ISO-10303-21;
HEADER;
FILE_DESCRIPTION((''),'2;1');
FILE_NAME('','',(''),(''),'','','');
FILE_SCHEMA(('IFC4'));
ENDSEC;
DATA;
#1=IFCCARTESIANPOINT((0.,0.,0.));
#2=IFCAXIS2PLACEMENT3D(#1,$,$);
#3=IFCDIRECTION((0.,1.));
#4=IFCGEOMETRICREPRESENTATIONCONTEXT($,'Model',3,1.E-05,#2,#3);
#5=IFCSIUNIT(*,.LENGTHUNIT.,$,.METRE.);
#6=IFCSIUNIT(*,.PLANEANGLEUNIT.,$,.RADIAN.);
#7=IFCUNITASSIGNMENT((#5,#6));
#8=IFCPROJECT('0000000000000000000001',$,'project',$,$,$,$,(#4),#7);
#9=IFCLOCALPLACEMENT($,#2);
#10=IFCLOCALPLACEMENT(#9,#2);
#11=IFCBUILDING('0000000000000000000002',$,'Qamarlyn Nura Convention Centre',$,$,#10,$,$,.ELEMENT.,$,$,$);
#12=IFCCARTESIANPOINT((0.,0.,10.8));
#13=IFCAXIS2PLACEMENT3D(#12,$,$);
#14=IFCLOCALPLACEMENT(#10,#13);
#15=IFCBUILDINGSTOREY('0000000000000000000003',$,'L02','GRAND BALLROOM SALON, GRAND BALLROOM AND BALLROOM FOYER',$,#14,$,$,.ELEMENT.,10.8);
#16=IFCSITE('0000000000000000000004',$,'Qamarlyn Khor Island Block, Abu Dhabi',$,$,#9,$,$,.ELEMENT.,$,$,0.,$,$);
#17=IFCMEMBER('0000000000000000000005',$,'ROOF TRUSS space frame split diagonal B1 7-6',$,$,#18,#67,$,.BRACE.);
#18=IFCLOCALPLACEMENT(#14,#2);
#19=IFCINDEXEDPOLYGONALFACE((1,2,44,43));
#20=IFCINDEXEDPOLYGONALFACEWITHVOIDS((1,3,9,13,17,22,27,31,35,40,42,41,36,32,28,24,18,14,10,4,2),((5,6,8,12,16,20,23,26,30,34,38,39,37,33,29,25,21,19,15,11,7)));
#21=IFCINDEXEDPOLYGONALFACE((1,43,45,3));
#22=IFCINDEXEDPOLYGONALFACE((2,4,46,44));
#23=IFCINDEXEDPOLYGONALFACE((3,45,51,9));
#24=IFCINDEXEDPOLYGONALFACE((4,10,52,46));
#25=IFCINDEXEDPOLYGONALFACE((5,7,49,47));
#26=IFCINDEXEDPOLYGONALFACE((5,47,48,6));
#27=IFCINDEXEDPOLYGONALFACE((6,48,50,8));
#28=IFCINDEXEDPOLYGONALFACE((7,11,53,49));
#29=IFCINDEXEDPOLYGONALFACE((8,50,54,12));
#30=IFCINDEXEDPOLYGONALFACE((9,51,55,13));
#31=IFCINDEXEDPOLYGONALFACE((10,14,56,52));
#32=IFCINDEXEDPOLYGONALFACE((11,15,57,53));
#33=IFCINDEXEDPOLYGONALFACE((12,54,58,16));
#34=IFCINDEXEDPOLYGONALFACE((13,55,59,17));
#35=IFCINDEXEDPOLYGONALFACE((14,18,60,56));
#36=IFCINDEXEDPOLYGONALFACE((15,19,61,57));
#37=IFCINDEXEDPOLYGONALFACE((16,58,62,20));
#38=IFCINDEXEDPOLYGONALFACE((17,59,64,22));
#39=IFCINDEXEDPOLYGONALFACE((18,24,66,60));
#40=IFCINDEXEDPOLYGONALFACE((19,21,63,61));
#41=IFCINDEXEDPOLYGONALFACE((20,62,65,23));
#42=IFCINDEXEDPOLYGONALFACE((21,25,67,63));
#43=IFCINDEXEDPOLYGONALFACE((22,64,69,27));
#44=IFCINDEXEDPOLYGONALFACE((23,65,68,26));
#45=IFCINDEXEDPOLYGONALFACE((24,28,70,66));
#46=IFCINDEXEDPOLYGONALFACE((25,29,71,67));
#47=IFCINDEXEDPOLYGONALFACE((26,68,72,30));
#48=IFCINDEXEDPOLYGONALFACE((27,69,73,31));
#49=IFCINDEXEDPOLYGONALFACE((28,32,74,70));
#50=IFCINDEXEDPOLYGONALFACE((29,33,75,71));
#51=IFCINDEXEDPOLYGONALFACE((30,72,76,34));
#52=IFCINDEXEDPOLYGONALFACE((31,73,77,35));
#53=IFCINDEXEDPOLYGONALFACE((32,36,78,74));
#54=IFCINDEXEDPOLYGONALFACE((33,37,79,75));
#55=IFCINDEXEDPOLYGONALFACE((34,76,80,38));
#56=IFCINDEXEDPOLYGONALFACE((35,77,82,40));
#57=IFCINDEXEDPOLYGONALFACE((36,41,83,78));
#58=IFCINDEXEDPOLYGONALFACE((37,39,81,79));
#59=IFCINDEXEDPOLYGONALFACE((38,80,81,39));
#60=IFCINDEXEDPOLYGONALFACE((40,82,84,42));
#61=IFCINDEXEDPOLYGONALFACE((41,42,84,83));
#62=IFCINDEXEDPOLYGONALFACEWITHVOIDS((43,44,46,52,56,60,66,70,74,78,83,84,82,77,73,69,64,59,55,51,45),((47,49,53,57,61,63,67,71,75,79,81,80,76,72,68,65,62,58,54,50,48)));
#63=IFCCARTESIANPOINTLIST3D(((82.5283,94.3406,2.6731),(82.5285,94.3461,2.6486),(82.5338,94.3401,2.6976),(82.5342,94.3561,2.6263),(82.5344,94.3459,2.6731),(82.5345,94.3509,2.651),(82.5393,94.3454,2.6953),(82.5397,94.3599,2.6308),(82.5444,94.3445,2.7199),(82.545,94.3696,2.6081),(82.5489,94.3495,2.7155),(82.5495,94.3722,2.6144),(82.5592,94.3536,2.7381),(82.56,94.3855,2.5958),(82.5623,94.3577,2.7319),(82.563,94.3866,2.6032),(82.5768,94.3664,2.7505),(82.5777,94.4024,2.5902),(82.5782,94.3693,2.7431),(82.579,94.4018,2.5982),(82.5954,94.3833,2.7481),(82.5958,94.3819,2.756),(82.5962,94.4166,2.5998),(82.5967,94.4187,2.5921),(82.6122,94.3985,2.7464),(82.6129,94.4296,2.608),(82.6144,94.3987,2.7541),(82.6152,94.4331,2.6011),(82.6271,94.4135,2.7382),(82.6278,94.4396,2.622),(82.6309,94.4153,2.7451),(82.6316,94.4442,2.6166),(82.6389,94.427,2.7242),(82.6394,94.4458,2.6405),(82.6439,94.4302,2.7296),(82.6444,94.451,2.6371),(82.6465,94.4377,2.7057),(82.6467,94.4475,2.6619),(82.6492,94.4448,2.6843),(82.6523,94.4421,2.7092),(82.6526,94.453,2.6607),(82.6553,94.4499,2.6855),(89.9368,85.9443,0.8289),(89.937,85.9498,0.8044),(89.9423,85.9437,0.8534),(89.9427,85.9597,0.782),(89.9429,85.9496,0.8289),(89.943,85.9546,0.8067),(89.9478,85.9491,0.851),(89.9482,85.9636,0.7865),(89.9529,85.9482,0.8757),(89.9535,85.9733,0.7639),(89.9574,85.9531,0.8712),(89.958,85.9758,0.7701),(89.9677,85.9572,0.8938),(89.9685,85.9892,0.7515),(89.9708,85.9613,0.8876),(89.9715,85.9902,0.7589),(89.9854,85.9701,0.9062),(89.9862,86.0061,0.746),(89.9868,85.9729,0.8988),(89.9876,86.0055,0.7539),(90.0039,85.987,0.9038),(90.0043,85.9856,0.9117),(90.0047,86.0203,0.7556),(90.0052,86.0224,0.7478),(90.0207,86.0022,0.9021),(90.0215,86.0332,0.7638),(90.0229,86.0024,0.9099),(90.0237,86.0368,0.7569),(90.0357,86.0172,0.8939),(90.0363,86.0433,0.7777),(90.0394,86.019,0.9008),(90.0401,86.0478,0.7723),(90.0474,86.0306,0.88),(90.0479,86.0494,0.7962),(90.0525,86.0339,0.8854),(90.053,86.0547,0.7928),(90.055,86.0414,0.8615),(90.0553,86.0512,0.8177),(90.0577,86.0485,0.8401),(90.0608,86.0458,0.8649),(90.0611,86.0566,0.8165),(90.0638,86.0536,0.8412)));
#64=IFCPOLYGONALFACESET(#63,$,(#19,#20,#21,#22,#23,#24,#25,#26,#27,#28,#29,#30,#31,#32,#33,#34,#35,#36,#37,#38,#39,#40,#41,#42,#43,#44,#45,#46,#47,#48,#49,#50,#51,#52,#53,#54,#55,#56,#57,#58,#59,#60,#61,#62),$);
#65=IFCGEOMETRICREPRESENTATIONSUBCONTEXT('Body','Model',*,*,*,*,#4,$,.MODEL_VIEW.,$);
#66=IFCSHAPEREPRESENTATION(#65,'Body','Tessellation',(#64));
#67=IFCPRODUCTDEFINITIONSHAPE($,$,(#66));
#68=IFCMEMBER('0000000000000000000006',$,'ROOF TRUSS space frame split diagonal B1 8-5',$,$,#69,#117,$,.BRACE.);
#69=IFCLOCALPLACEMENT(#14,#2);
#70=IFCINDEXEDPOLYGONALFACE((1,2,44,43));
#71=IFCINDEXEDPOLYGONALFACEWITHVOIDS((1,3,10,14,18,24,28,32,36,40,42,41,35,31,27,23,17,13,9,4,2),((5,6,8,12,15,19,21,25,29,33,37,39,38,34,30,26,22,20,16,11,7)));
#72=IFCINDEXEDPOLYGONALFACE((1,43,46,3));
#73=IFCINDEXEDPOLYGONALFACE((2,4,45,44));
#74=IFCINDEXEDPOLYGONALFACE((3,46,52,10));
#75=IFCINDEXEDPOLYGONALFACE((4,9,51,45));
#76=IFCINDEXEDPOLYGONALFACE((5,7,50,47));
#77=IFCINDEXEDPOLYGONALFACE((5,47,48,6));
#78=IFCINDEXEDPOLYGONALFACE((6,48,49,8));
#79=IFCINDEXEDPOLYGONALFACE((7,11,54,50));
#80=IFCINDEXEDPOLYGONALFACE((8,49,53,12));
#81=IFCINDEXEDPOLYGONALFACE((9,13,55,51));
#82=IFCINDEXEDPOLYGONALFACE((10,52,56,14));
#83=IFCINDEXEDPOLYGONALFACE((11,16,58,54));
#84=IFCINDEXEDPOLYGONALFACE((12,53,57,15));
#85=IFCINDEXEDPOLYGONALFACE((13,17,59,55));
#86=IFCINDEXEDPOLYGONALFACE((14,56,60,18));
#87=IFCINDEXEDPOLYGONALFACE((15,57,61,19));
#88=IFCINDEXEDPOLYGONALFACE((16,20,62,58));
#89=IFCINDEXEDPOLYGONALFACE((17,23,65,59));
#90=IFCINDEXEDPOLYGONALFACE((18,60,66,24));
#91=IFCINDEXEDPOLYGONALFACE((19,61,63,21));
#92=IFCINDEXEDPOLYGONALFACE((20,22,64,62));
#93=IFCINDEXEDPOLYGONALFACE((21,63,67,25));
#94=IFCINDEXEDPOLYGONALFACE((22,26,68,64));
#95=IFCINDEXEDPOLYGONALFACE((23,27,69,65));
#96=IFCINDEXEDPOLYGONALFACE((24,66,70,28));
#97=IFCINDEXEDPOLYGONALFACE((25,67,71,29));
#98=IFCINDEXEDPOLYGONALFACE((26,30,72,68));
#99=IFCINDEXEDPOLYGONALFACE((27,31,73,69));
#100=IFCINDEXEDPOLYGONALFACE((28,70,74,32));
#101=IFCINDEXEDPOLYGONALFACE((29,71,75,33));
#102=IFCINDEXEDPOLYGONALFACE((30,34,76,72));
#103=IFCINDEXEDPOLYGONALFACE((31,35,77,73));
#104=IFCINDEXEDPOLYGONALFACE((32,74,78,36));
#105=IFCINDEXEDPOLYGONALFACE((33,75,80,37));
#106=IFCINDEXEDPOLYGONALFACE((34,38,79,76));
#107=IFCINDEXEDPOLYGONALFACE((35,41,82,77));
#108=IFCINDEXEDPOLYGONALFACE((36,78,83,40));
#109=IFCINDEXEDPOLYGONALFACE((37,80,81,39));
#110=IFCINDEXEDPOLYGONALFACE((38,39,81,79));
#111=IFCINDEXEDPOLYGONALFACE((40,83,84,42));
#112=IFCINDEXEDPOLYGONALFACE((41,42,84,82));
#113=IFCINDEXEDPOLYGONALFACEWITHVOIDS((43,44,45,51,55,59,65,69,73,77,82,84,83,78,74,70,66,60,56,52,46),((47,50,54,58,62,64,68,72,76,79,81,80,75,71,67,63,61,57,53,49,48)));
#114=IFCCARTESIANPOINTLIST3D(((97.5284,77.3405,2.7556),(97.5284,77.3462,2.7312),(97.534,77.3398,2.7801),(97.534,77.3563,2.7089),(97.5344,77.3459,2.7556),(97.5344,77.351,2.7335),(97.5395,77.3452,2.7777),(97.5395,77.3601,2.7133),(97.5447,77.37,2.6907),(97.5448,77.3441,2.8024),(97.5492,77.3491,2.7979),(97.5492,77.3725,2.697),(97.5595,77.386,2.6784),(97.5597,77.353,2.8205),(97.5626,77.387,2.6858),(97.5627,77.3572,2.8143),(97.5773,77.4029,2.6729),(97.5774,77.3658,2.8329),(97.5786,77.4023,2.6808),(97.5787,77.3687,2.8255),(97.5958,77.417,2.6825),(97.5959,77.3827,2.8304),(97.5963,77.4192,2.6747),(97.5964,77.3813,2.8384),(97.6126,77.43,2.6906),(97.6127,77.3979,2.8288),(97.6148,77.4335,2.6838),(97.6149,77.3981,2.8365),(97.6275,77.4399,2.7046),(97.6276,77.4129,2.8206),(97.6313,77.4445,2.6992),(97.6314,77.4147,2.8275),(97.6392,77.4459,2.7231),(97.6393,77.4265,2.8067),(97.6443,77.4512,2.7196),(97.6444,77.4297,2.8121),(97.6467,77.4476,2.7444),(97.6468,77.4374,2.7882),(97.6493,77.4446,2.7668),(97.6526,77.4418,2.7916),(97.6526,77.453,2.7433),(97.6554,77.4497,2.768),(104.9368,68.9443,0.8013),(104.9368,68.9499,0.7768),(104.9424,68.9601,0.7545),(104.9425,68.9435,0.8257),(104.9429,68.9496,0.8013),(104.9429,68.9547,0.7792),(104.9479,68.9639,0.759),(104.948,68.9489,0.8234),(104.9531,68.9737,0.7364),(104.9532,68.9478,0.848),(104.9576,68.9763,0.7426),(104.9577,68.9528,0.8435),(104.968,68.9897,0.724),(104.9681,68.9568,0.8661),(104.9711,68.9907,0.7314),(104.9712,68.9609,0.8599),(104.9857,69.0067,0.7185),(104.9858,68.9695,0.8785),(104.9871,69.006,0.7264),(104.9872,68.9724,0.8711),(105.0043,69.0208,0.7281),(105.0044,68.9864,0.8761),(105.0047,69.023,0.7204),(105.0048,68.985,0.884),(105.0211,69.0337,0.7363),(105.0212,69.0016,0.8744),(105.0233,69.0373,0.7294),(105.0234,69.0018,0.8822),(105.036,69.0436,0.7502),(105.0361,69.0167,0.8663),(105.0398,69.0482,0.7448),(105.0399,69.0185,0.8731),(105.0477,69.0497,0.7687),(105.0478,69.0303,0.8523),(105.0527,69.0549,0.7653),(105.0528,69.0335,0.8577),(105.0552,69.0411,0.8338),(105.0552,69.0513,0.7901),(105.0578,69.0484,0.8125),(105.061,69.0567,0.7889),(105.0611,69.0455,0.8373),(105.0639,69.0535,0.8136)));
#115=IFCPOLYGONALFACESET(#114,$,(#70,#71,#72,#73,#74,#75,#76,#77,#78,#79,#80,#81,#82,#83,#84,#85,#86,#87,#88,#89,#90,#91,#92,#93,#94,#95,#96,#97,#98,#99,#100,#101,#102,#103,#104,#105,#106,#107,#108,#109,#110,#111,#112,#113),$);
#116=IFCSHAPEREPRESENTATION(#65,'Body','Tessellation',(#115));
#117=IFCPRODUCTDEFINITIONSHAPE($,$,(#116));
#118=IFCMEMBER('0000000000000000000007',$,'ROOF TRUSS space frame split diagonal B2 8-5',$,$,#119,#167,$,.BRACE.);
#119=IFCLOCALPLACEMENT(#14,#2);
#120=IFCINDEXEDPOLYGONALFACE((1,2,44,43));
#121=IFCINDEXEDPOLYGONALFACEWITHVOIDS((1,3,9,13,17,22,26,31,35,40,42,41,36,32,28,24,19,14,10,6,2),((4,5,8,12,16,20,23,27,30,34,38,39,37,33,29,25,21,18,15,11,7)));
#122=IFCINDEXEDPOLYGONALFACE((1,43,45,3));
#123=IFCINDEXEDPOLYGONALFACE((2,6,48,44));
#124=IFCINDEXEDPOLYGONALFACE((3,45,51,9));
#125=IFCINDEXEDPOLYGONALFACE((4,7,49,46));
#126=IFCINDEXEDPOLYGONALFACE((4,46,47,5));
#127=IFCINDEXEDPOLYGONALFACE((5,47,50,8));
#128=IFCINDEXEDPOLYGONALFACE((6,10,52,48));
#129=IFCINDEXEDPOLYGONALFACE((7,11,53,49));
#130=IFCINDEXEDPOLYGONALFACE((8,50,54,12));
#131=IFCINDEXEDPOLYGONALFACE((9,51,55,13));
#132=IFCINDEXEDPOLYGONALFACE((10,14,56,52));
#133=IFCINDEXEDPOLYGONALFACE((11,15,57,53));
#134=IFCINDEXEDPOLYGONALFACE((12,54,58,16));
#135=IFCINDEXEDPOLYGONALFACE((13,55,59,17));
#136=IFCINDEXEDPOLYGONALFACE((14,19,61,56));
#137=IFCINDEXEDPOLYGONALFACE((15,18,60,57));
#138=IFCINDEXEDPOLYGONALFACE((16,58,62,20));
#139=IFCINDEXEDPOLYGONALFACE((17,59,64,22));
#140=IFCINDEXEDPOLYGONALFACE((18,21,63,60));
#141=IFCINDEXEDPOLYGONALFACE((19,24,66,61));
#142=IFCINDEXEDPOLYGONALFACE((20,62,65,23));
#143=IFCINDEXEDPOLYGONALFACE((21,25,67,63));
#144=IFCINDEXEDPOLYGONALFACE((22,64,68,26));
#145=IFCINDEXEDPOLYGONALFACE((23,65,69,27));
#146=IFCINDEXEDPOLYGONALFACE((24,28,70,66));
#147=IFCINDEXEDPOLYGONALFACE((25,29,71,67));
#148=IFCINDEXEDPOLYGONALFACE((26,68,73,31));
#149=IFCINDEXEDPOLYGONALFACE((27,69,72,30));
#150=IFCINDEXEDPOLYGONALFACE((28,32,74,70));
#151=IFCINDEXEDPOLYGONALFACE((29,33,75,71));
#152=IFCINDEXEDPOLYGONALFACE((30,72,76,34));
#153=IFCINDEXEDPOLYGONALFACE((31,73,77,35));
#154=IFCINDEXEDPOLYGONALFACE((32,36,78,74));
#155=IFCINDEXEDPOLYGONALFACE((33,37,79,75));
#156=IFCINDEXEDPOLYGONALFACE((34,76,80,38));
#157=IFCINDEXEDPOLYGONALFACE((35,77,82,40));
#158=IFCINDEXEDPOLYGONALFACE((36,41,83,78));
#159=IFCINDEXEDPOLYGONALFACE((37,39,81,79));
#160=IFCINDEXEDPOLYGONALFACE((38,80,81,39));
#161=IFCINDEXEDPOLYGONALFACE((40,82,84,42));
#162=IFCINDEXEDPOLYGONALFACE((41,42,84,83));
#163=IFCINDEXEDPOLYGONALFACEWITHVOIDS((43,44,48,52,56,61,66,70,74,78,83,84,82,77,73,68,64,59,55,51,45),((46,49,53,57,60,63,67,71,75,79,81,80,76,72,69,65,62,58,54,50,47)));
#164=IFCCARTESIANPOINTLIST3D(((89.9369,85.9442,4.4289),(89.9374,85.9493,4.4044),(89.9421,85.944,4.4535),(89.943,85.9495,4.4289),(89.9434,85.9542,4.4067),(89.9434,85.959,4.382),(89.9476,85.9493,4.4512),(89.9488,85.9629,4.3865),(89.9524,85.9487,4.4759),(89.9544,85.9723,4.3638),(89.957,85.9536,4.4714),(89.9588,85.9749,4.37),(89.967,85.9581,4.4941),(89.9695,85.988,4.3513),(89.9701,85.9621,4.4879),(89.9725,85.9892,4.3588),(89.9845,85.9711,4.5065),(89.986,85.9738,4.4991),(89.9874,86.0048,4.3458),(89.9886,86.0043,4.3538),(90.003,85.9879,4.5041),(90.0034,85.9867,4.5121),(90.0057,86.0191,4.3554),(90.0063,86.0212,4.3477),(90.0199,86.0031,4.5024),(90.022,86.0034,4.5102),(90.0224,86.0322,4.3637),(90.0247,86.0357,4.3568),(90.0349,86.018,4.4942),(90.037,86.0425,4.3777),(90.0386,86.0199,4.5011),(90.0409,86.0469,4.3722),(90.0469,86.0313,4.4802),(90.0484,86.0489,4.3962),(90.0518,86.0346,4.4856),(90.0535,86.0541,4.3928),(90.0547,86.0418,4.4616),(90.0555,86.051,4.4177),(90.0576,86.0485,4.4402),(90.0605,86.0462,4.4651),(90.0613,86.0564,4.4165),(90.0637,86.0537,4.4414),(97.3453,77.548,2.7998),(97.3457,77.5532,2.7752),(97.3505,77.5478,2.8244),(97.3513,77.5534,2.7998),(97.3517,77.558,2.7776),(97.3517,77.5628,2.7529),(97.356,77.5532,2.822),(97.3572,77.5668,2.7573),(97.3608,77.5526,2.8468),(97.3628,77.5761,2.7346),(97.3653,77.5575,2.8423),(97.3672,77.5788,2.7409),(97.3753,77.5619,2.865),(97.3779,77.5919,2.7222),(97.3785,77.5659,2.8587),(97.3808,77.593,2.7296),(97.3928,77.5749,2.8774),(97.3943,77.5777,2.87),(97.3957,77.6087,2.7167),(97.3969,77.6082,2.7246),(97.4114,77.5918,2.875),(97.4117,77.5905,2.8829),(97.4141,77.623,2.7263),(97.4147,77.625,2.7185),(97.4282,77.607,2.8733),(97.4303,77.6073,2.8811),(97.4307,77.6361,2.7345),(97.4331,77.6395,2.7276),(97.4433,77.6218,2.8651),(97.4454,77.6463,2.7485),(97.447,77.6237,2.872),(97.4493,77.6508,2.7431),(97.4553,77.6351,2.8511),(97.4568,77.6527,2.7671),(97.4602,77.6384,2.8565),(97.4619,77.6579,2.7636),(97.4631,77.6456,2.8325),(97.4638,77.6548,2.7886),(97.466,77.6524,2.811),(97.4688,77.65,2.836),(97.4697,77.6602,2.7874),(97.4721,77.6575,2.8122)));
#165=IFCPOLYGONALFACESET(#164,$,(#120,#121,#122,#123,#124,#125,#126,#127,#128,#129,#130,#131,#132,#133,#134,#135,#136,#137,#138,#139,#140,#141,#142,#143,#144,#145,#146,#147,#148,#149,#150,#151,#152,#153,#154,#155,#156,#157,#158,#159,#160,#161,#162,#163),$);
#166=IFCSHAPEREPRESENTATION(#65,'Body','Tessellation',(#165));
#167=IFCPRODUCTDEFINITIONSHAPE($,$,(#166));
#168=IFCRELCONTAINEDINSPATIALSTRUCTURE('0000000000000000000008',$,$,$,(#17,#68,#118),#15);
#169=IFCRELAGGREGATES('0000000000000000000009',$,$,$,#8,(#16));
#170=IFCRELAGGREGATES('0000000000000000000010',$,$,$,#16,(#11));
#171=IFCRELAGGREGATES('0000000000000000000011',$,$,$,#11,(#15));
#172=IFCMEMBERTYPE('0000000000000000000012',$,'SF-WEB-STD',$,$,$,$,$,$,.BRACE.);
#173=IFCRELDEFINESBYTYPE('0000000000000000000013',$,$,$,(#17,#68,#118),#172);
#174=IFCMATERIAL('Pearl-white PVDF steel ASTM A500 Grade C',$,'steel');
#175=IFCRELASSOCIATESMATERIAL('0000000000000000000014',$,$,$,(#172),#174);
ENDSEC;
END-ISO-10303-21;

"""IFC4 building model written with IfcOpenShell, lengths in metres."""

from ifc_helpers import new_model, si_unit, direction, frame, origin, origin_2d, place, context, subcontext, project, spatial, hollow_circle, extrude, material, material_profile, profile_set, type_object, element, save


model = new_model("IFC4")

# Units and contexts
model_context = context("Model", 3, precision=1e-05, world=origin(), true_north=direction((0.0, 1.0)))
body_context = subcontext(model_context, "Body", "Model", "MODEL_VIEW")
ifc_project = project(units=[si_unit("LENGTHUNIT", "METRE"), si_unit("PLANEANGLEUNIT", "RADIAN")], contexts=[model_context])

# Site, building, storey
site_placement = place(None, origin())
site = spatial("IfcSite", under=ifc_project, at=site_placement, Name="Qamarlyn Khor Island Block, Abu Dhabi", CompositionType="ELEMENT", RefElevation=0.0)
building_placement = place(site_placement, origin())
building = spatial("IfcBuilding", under=site, at=building_placement, Name="Qamarlyn Nura Convention Centre", CompositionType="ELEMENT")
storey_placement = place(building_placement, frame((0.0, 0.0, 10.8)))
storey = spatial("IfcBuildingStorey", under=building, at=storey_placement, Name="L02", Description="GRAND BALLROOM SALON, GRAND BALLROOM AND BALLROOM FOYER", CompositionType="ELEMENT", Elevation=10.8)

# Members
ifc_material_1 = material(Name="Pearl-white PVDF steel ASTM A500 Grade C", Category="steel")
ifc_material_profile_1 = material_profile(ifc_material_1, hollow_circle(Radius=0.0842, WallThickness=0.0081, at=origin_2d()), Name="CHS168.3X8")
ifc_profile_set_1 = profile_set([ifc_material_profile_1], Name="Pearl-white PVDF steel ASTM A500 Grade C")
member_type_1 = type_object("IfcMemberType", Name="SF-WEB-STD", PredefinedType="BRACE", material=ifc_profile_set_1)
member_1_placement = place(storey_placement, frame((90.0, 86.0, 0.8289), z_axis=(-0.652826, 0.73987, 0.162513), x_axis=(-0.749838, -0.661622, 0.0)))
element("IfcMember", 1, at=member_1_placement, inside=storey, type_object=member_type_1, Name="ROOF TRUSS space frame split diagonal B1 7-6", PredefinedType="BRACE", context=body_context, shape_type="SweptSolid", body=[
    extrude(hollow_circle(Radius=0.0842, WallThickness=0.0081, at=origin_2d()), origin(), (0.0, 0.0, 1.0), 11.3484),
])
member_2_placement = place(storey_placement, frame((105.0, 69.0, 0.8013), z_axis=(-0.651769, 0.738671, 0.171936), x_axis=(-0.749838, -0.661622, 0.0)))
element("IfcMember", 2, at=member_2_placement, inside=storey, type_object=member_type_1, Name="ROOF TRUSS space frame split diagonal B1 8-5", PredefinedType="BRACE", context=body_context, shape_type="SweptSolid", body=[
    extrude(hollow_circle(Radius=0.0842, WallThickness=0.0081, at=origin_2d()), origin(), (0.0, 0.0, 1.0), 11.3667),
])
member_3_placement = place(storey_placement, frame((97.4084, 77.6038, 2.7998), z_axis=(-0.654728, 0.742025, 0.143978), x_axis=(-0.749838, -0.661622, 0.0)))
element("IfcMember", 3, at=member_3_placement, inside=storey, type_object=member_type_1, Name="ROOF TRUSS space frame split diagonal B2 8-5", PredefinedType="BRACE", context=body_context, shape_type="SweptSolid", body=[
    extrude(hollow_circle(Radius=0.0842, WallThickness=0.0081, at=origin_2d()), origin(), (0.0, 0.0, 1.0), 11.3152),
])

save(model, "model.ifc")
